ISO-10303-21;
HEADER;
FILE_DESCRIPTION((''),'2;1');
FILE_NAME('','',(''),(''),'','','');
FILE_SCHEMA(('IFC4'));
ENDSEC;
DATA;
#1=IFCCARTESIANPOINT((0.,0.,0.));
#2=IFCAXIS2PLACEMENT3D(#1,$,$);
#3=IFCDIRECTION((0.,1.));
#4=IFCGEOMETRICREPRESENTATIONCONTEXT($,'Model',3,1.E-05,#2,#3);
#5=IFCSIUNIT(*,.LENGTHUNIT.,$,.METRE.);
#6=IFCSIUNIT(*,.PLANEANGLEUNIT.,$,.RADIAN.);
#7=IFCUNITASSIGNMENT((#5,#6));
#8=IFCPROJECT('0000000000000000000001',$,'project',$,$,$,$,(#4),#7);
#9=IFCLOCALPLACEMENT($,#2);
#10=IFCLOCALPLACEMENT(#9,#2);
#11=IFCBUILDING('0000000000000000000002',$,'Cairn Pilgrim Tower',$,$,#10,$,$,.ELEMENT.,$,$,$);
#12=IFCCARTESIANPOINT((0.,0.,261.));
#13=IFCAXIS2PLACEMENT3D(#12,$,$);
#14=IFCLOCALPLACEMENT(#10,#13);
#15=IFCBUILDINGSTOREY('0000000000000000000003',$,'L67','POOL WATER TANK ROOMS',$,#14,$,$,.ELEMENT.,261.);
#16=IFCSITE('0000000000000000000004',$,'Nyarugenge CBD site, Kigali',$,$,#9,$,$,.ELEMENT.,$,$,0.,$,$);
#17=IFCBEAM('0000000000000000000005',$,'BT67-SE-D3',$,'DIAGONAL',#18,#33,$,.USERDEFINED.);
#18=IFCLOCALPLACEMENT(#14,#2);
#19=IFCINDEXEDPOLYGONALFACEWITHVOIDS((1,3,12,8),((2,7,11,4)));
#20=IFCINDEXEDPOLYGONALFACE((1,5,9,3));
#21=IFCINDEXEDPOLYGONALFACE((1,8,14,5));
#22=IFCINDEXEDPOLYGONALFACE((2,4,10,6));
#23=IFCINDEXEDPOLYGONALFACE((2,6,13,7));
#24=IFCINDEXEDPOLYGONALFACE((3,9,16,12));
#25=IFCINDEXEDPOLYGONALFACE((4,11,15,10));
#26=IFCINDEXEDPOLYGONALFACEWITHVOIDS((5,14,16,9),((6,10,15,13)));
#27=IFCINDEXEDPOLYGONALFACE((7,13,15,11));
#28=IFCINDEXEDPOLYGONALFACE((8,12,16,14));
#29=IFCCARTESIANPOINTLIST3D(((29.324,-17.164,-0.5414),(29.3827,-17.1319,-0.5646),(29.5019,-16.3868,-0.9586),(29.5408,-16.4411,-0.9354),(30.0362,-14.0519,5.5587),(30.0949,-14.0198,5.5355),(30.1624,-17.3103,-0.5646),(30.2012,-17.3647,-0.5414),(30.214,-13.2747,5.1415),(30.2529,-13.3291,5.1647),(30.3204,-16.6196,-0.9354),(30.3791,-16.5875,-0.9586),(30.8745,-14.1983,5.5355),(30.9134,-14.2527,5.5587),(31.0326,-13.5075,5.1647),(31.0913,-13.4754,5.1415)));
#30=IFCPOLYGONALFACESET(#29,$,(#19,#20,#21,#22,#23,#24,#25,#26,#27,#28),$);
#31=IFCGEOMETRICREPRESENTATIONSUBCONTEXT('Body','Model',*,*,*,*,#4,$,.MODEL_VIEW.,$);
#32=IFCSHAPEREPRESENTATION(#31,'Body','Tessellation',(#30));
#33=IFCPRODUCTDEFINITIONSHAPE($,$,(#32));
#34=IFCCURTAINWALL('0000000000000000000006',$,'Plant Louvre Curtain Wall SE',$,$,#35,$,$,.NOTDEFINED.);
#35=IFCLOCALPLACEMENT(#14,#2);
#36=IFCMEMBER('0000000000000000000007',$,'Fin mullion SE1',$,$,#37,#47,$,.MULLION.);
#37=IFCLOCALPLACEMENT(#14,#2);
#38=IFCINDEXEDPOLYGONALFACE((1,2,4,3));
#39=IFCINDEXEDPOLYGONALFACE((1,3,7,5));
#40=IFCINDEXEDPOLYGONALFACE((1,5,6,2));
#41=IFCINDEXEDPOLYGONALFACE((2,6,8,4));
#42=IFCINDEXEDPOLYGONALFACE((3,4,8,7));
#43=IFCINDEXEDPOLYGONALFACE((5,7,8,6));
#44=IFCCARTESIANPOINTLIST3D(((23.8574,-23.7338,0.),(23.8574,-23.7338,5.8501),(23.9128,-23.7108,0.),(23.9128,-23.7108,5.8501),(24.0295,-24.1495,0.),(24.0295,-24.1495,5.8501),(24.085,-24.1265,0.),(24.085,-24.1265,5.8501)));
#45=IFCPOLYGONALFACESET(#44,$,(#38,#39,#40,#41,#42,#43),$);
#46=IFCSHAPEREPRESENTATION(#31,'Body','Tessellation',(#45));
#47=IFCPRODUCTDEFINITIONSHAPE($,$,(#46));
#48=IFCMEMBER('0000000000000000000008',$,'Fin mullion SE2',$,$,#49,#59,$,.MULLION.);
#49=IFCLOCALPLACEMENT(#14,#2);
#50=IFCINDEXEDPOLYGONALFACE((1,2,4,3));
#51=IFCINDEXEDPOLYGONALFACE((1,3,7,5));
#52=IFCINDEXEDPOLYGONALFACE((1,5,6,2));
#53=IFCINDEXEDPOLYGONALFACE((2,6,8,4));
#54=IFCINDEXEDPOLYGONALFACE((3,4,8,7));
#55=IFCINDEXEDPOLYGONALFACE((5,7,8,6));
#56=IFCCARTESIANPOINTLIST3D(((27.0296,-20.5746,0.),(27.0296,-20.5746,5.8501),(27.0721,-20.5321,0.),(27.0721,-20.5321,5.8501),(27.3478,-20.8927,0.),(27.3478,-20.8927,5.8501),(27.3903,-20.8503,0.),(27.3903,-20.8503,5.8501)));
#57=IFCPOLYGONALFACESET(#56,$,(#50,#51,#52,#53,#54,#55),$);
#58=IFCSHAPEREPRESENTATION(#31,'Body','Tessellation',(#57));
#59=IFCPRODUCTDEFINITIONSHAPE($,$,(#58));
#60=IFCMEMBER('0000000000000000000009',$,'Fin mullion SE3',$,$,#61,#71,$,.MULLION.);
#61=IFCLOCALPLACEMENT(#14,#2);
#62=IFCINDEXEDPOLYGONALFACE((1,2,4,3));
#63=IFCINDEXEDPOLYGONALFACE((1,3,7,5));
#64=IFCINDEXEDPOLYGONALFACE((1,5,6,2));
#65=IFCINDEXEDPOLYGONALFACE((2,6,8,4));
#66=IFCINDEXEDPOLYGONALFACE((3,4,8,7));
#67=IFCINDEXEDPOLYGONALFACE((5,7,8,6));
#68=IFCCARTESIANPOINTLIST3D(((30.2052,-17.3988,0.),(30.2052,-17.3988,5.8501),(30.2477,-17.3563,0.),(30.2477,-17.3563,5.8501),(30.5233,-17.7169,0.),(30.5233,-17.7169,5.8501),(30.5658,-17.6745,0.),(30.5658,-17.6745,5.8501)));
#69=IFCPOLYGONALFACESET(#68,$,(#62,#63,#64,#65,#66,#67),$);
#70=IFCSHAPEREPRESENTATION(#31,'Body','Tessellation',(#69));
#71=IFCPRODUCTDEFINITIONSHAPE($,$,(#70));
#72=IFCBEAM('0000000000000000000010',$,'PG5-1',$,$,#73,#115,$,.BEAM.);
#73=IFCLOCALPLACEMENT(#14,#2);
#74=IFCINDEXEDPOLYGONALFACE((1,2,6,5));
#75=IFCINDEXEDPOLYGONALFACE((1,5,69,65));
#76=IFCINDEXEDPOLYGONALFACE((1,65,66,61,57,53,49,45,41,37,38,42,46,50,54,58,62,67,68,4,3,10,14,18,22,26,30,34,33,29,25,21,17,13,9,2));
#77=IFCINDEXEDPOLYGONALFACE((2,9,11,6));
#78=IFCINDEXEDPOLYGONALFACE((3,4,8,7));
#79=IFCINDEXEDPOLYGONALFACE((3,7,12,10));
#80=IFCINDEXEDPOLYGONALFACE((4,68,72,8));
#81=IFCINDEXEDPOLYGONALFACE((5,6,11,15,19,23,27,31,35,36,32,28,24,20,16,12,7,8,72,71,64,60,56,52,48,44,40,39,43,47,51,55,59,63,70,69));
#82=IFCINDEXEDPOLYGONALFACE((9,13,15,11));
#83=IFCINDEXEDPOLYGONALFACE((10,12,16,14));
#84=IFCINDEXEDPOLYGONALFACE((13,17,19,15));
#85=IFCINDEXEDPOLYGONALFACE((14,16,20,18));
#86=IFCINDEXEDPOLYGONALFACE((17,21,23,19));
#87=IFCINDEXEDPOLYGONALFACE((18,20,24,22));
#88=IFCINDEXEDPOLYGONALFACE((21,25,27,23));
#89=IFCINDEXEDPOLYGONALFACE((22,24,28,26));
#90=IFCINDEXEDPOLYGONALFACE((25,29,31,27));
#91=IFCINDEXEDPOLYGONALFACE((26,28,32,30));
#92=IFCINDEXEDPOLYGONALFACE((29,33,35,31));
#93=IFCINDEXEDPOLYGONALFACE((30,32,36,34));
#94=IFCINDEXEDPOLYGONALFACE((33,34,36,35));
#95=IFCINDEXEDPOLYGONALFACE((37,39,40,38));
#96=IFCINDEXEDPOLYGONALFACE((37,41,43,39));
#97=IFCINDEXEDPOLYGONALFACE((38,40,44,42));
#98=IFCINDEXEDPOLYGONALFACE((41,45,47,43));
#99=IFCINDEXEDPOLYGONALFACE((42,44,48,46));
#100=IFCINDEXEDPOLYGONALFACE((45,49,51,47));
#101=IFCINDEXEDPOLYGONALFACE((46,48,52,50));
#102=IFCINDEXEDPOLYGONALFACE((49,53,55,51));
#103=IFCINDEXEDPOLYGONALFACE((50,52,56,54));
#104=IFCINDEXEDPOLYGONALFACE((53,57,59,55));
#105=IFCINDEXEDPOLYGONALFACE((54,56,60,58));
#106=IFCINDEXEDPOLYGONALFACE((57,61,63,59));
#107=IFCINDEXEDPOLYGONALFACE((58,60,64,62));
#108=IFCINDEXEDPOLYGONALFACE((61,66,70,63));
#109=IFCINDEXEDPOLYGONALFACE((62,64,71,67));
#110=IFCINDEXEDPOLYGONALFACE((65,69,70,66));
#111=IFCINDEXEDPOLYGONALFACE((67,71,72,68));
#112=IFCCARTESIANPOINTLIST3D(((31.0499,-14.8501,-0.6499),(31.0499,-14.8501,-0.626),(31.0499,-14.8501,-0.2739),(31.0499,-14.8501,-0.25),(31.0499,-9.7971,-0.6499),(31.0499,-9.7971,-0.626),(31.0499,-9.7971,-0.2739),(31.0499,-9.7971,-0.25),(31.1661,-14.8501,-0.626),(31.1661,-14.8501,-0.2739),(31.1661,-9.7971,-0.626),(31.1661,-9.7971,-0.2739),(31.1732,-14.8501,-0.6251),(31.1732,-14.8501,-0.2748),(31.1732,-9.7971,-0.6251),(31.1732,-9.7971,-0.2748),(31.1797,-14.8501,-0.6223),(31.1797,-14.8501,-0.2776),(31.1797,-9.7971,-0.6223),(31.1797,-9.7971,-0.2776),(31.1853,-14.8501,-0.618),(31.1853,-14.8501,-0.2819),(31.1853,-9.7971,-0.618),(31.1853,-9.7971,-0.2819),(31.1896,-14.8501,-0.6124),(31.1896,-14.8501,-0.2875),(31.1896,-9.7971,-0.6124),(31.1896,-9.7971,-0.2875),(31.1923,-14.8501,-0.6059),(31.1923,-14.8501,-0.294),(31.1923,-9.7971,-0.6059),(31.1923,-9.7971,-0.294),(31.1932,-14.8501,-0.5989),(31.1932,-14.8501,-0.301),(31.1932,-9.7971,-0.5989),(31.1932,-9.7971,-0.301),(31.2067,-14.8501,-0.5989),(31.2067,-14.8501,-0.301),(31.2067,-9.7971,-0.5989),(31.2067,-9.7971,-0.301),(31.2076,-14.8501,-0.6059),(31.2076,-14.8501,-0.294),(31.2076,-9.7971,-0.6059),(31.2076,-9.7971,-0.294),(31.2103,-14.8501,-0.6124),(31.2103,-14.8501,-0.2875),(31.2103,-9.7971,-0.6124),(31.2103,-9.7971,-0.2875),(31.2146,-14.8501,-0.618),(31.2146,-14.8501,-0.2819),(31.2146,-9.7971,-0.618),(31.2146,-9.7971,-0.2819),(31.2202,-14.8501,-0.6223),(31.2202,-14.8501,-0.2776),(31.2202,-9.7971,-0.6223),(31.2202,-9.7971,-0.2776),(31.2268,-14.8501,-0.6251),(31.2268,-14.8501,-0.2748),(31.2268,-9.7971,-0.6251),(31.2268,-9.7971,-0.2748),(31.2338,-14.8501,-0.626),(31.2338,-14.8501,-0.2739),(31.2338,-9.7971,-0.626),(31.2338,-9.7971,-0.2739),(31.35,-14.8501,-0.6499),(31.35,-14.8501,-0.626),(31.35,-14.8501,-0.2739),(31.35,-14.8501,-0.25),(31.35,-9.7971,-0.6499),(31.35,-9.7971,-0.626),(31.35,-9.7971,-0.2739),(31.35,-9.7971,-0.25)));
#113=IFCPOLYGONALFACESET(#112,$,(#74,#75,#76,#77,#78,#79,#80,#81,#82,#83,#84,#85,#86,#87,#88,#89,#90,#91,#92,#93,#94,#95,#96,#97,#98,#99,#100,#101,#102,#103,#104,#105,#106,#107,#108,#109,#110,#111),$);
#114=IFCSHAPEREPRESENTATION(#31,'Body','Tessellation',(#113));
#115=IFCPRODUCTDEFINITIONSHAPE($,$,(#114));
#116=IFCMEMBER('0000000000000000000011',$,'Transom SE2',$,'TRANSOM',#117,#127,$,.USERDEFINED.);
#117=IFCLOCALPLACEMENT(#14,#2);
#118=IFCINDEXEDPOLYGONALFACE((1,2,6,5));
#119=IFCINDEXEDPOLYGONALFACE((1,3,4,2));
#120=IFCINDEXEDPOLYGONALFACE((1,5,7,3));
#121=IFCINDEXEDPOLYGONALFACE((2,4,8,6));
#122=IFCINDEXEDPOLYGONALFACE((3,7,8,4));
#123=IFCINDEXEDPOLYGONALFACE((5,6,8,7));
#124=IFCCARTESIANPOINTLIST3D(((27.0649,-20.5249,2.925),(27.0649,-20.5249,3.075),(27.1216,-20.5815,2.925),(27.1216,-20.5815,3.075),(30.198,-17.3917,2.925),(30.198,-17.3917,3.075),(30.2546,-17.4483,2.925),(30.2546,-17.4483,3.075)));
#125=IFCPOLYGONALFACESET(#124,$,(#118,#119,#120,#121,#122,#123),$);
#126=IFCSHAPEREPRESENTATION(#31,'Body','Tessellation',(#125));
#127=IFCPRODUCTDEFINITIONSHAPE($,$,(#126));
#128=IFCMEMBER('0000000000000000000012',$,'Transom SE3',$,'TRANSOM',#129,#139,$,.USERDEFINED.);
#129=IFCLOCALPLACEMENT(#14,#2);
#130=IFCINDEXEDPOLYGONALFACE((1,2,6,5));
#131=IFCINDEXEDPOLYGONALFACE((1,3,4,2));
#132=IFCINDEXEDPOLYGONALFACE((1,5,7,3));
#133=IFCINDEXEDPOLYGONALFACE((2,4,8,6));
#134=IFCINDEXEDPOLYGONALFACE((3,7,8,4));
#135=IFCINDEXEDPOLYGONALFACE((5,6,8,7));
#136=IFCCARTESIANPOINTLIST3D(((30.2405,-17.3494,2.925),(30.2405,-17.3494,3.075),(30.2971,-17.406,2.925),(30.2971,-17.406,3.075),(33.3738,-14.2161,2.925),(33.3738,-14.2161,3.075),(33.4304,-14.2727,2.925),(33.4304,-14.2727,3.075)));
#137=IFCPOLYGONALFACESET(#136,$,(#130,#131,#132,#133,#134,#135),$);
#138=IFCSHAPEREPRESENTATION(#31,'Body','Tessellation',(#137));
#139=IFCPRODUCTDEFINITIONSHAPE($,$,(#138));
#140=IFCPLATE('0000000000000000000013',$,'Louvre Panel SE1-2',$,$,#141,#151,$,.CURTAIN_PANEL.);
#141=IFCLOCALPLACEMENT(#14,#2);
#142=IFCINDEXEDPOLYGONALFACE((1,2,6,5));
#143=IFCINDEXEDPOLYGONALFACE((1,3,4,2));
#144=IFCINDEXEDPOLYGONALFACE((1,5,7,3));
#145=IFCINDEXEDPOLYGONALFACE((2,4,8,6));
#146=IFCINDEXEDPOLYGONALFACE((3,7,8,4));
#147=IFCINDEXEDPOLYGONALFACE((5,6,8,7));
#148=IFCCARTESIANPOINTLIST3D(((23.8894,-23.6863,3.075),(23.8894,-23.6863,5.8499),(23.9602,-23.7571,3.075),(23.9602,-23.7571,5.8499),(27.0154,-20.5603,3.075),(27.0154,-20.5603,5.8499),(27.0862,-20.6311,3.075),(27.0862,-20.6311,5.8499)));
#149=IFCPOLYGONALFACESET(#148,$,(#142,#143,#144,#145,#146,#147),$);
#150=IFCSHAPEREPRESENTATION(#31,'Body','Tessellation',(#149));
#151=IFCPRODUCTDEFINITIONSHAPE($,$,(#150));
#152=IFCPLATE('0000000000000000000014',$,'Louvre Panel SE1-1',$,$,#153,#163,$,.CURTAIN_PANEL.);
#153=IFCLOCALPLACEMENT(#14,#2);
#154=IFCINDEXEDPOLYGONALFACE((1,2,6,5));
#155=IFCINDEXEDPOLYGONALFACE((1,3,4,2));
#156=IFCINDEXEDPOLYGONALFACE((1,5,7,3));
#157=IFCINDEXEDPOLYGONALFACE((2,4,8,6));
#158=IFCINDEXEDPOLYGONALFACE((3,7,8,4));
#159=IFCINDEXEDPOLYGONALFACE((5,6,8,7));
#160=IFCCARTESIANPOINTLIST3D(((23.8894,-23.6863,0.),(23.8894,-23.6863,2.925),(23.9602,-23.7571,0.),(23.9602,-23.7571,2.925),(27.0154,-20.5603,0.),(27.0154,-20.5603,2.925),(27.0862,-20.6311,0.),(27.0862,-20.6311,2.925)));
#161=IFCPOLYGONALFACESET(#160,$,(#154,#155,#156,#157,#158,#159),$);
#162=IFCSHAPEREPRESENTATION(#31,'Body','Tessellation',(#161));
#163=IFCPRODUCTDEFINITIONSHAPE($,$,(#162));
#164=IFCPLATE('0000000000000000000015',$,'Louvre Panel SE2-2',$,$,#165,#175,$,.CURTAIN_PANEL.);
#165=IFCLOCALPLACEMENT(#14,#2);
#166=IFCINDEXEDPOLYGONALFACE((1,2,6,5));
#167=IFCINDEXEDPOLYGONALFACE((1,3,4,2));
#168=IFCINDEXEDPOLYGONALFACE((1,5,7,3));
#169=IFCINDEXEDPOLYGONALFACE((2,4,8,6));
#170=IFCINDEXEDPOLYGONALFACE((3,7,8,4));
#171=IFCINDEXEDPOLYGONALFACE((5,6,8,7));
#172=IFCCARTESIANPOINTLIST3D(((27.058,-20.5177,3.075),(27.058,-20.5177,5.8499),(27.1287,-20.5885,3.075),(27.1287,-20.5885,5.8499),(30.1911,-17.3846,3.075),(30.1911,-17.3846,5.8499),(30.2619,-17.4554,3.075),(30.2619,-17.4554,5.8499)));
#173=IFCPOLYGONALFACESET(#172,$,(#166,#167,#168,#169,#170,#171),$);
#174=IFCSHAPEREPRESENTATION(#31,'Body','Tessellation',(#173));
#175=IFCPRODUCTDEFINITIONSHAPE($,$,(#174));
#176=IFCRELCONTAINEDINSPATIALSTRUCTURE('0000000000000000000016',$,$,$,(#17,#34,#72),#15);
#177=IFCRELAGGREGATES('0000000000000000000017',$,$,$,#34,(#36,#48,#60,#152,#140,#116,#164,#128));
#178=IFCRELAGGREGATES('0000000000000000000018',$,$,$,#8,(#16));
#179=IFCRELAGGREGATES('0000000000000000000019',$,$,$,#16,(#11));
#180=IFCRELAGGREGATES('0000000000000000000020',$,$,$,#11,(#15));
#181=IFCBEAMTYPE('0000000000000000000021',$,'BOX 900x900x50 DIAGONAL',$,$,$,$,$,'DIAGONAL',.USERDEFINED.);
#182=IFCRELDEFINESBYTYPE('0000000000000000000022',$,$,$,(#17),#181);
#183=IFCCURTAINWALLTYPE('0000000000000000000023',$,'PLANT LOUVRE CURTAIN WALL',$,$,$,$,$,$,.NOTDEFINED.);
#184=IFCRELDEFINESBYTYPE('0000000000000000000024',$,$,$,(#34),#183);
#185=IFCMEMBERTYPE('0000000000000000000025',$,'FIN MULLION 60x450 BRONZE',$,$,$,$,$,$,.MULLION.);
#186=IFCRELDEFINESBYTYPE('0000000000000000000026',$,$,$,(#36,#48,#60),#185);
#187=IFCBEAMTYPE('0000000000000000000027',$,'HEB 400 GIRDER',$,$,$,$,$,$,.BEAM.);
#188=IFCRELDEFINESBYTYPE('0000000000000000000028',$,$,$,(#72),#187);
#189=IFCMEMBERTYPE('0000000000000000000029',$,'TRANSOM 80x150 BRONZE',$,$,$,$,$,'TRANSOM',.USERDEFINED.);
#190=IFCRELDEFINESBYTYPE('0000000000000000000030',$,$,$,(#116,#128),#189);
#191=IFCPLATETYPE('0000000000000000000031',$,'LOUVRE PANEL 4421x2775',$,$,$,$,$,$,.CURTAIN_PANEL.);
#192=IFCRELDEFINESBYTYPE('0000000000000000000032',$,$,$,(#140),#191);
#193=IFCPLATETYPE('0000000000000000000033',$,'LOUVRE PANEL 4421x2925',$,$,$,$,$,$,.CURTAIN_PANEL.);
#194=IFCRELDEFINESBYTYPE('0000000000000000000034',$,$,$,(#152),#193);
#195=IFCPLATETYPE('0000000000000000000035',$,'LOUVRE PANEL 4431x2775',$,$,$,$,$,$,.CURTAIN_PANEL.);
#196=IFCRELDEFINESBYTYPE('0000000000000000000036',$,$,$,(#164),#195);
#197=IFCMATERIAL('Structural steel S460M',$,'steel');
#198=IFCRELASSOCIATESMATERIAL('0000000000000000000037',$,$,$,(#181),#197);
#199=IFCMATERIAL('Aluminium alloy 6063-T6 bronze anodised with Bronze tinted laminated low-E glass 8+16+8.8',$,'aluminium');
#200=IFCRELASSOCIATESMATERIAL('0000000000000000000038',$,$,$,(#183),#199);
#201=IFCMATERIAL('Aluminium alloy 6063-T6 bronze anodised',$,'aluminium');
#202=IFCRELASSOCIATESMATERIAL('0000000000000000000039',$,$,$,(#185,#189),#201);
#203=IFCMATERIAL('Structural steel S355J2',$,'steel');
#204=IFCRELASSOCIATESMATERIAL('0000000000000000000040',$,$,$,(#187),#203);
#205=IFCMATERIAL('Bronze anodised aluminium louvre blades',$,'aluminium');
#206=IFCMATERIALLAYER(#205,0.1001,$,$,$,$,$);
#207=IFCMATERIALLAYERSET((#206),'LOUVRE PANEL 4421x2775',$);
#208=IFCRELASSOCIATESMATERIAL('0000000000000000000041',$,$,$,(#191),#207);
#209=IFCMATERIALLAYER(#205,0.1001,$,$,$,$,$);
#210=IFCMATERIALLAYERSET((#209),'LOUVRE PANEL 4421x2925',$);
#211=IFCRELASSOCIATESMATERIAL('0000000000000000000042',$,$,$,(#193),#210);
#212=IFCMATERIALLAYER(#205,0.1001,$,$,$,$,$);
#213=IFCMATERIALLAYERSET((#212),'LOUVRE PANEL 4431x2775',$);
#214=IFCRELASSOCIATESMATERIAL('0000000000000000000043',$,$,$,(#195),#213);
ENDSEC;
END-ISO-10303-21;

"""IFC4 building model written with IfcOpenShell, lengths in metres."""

from ifc_helpers import new_model, si_unit, direction, frame, origin, origin_2d, place, context, subcontext, project, spatial, rectangle, hollow_rectangle, i_section, extrude, material, layer, layer_set, material_profile, profile_set, type_object, element, aggregate, save


model = new_model("IFC4")

# Units and contexts
model_context = context("Model", 3, precision=1e-05, world=origin(), true_north=direction((0.0, 1.0)))
body_context = subcontext(model_context, "Body", "Model", "MODEL_VIEW")
ifc_project = project(units=[si_unit("LENGTHUNIT", "METRE"), si_unit("PLANEANGLEUNIT", "RADIAN")], contexts=[model_context])

# Site, building, storey
site_placement = place(None, origin())
site = spatial("IfcSite", under=ifc_project, at=site_placement, Name="Nyarugenge CBD site, Kigali", CompositionType="ELEMENT", RefElevation=0.0)
building_placement = place(site_placement, origin())
building = spatial("IfcBuilding", under=site, at=building_placement, Name="Cairn Pilgrim Tower", CompositionType="ELEMENT")
storey_placement = place(building_placement, frame((0.0, 0.0, 261.0)))
storey = spatial("IfcBuildingStorey", under=building, at=storey_placement, Name="L67", Description="POOL WATER TANK ROOMS", CompositionType="ELEMENT", Elevation=261.0)

# Shared definitions
ifc_material_1 = material(Name="Structural steel S460M", Category="steel")
ifc_material_2 = material(Name="Structural steel S355J2", Category="steel")

# Beam
ifc_material_profile_1 = material_profile(ifc_material_1, hollow_rectangle(XDim=0.8999, YDim=0.8999, WallThickness=0.05, at=origin_2d()), Name="BOX 900x900x50")
ifc_profile_set_1 = profile_set([ifc_material_profile_1], Name="Structural steel S460M")
beam_type_1 = type_object("IfcBeamType", Name="BOX 900x900x50 DIAGONAL", ElementType="DIAGONAL", PredefinedType="USERDEFINED", material=ifc_profile_set_1)
beam_1_placement = place(storey_placement, frame((29.8516, -16.8757, -0.75), z_axis=(0.103436, 0.452006, 0.885998), x_axis=(-0.974802, 0.223072, 0.0)))
element("IfcBeam", 1, at=beam_1_placement, inside=storey, type_object=beam_type_1, Name="BT67-SE-D3", ObjectType="DIAGONAL", PredefinedType="USERDEFINED", context=body_context, shape_type="SweptSolid", body=[
    extrude(hollow_rectangle(XDim=0.8999, YDim=0.8999, WallThickness=0.05, at=origin_2d()), origin(), (0.0, 0.0, 1.0), 6.885),
])

# Curtain wall, members
ifc_material_3 = material(Name="Aluminium alloy 6063-T6 bronze anodised with Bronze tinted laminated low-E glass 8+16+8.8", Category="aluminium")
curtain_wall_type = type_object("IfcCurtainWallType", Name="PLANT LOUVRE CURTAIN WALL", PredefinedType="NOTDEFINED", material=ifc_material_3)
curtain_wall_placement = place(storey_placement, origin())
curtain_wall = element("IfcCurtainWall", 2, at=curtain_wall_placement, inside=storey, type_object=curtain_wall_type, Name="Plant Louvre Curtain Wall SE", PredefinedType="NOTDEFINED")
ifc_material_4 = material(Name="Aluminium alloy 6063-T6 bronze anodised", Category="aluminium")
ifc_material_profile_2 = material_profile(ifc_material_4, rectangle(XDim=0.45, YDim=0.0601, at=origin_2d()), Name="FIN MULLION 60x450 BRONZE")
ifc_profile_set_2 = profile_set([ifc_material_profile_2], Name="Aluminium alloy 6063-T6 bronze anodised")
member_type_1 = type_object("IfcMemberType", Name="FIN MULLION 60x450 BRONZE", PredefinedType="MULLION", material=ifc_profile_set_2)
member_1_placement = place(storey_placement, frame((23.9712, -23.9302, 0.0), z_axis=(0.0, 0.0, 1.0), x_axis=(0.382683, -0.92388, 0.0)))
member_1 = element("IfcMember", 3, at=member_1_placement, type_object=member_type_1, Name="Fin mullion SE1", PredefinedType="MULLION", context=body_context, shape_type="SweptSolid", body=[
    extrude(rectangle(XDim=0.45, YDim=0.0601, at=origin_2d()), origin(), (0.0, 0.0, 1.0), 5.8501),
])
member_2_placement = place(storey_placement, frame((27.21, -20.7124, 0.0), z_axis=(0.0, 0.0, 1.0), x_axis=(0.707107, -0.707107, 0.0)))
member_2 = element("IfcMember", 4, at=member_2_placement, type_object=member_type_1, Name="Fin mullion SE2", PredefinedType="MULLION", context=body_context, shape_type="SweptSolid", body=[
    extrude(rectangle(XDim=0.45, YDim=0.0601, at=origin_2d()), origin(), (0.0, 0.0, 1.0), 5.8501),
])
member_3_placement = place(storey_placement, frame((30.3855, -17.5366, 0.0), z_axis=(0.0, 0.0, 1.0), x_axis=(0.707107, -0.707107, 0.0)))
member_3 = element("IfcMember", 5, at=member_3_placement, type_object=member_type_1, Name="Fin mullion SE3", PredefinedType="MULLION", context=body_context, shape_type="SweptSolid", body=[
    extrude(rectangle(XDim=0.45, YDim=0.0601, at=origin_2d()), origin(), (0.0, 0.0, 1.0), 5.8501),
])

# Beam
ifc_material_profile_3 = material_profile(ifc_material_2, i_section(OverallWidth=0.3, OverallDepth=0.3999, WebThickness=0.0134, FlangeThickness=0.0239, FilletRadius=0.0271, at=origin_2d()), Name="HEB 400")
ifc_profile_set_3 = profile_set([ifc_material_profile_3], Name="Structural steel S355J2")
beam_type_2 = type_object("IfcBeamType", Name="HEB 400 GIRDER", PredefinedType="BEAM", material=ifc_profile_set_3)
beam_2_placement = place(storey_placement, frame((31.2, -14.8501, -0.45), z_axis=(0.0, 1.0, 0.0), x_axis=(-1.0, 0.0, 0.0)))
element("IfcBeam", 6, at=beam_2_placement, inside=storey, type_object=beam_type_2, Name="PG5-1", PredefinedType="BEAM", context=body_context, shape_type="SweptSolid", body=[
    extrude(i_section(OverallWidth=0.3, OverallDepth=0.3999, WebThickness=0.0134, FlangeThickness=0.0239, FilletRadius=0.0271, at=origin_2d()), origin(), (0.0, 0.0, 1.0), 5.053),
])

# Members
ifc_material_profile_4 = material_profile(ifc_material_4, rectangle(XDim=0.0801, YDim=0.1499, at=origin_2d()), Name="TRANSOM 80x150 BRONZE")
ifc_profile_set_4 = profile_set([ifc_material_profile_4], Name="Aluminium alloy 6063-T6 bronze anodised")
member_type_2 = type_object("IfcMemberType", Name="TRANSOM 80x150 BRONZE", ElementType="TRANSOM", PredefinedType="USERDEFINED", material=ifc_profile_set_4)
member_4_placement = place(storey_placement, frame((27.0933, -20.5532, 3.0), z_axis=(0.707079, 0.707134, 0.0), x_axis=(-0.707134, 0.707079, 0.0)))
member_4 = element("IfcMember", 7, at=member_4_placement, type_object=member_type_2, Name="Transom SE2", ObjectType="TRANSOM", PredefinedType="USERDEFINED", context=body_context, shape_type="SweptSolid", body=[
    extrude(rectangle(XDim=0.0801, YDim=0.1499, at=origin_2d()), origin(), (0.0, 0.0, 1.0), 4.4309),
])
member_5_placement = place(storey_placement, frame((30.2688, -17.3777, 3.0), z_axis=(0.707107, 0.707107, 0.0), x_axis=(-0.707107, 0.707107, 0.0)))
member_5 = element("IfcMember", 8, at=member_5_placement, type_object=member_type_2, Name="Transom SE3", ObjectType="TRANSOM", PredefinedType="USERDEFINED", context=body_context, shape_type="SweptSolid", body=[
    extrude(rectangle(XDim=0.0801, YDim=0.1499, at=origin_2d()), origin(), (0.0, 0.0, 1.0), 4.4312),
])

# Plates
ifc_material_5 = material(Name="Bronze anodised aluminium louvre blades", Category="aluminium")
ifc_layer_1 = layer(ifc_material_5, 0.1001)
ifc_layer_set_1 = layer_set([ifc_layer_1], Name="LOUVRE PANEL 4421x2775")
plate_type_1 = type_object("IfcPlateType", Name="LOUVRE PANEL 4421x2775", PredefinedType="CURTAIN_PANEL", material=ifc_layer_set_1)
plate_1_placement = place(storey_placement, frame((25.4878, -22.1587, 3.075), z_axis=(0.0, 0.0, 1.0), x_axis=(0.707107, 0.707107, 0.0)))
plate_1 = element("IfcPlate", 9, at=plate_1_placement, type_object=plate_type_1, Name="Louvre Panel SE1-2", PredefinedType="CURTAIN_PANEL", context=body_context, shape_type="SweptSolid", body=[
    extrude(rectangle(XDim=4.4209, YDim=0.1001, at=origin_2d()), origin(), (0.0, 0.0, 1.0), 2.7749),
])
ifc_layer_2 = layer(ifc_material_5, 0.1001)
ifc_layer_set_2 = layer_set([ifc_layer_2], Name="LOUVRE PANEL 4421x2925")
plate_type_2 = type_object("IfcPlateType", Name="LOUVRE PANEL 4421x2925", PredefinedType="CURTAIN_PANEL", material=ifc_layer_set_2)
plate_2_placement = place(storey_placement, frame((25.4878, -22.1587, 0.0), z_axis=(0.0, 0.0, 1.0), x_axis=(0.707107, 0.707107, 0.0)))
plate_2 = element("IfcPlate", 10, at=plate_2_placement, type_object=plate_type_2, Name="Louvre Panel SE1-1", PredefinedType="CURTAIN_PANEL", context=body_context, shape_type="SweptSolid", body=[
    extrude(rectangle(XDim=4.4209, YDim=0.1001, at=origin_2d()), origin(), (0.0, 0.0, 1.0), 2.925),
])
ifc_layer_3 = layer(ifc_material_5, 0.1001)
ifc_layer_set_3 = layer_set([ifc_layer_3], Name="LOUVRE PANEL 4431x2775")
plate_type_3 = type_object("IfcPlateType", Name="LOUVRE PANEL 4431x2775", PredefinedType="CURTAIN_PANEL", material=ifc_layer_set_3)
plate_3_placement = place(storey_placement, frame((28.6599, -18.9866, 3.075), z_axis=(0.0, 0.0, 1.0), x_axis=(0.707107, 0.707107, 0.0)))
plate_3 = element("IfcPlate", 11, at=plate_3_placement, type_object=plate_type_3, Name="Louvre Panel SE2-2", PredefinedType="CURTAIN_PANEL", context=body_context, shape_type="SweptSolid", body=[
    extrude(rectangle(XDim=4.4309, YDim=0.1001, at=origin_2d()), origin(), (0.0, 0.0, 1.0), 2.7749),
])
aggregate(curtain_wall, [member_1, member_2, member_3, plate_2, plate_1, member_4, plate_3, member_5])

save(model, "model.ifc")
